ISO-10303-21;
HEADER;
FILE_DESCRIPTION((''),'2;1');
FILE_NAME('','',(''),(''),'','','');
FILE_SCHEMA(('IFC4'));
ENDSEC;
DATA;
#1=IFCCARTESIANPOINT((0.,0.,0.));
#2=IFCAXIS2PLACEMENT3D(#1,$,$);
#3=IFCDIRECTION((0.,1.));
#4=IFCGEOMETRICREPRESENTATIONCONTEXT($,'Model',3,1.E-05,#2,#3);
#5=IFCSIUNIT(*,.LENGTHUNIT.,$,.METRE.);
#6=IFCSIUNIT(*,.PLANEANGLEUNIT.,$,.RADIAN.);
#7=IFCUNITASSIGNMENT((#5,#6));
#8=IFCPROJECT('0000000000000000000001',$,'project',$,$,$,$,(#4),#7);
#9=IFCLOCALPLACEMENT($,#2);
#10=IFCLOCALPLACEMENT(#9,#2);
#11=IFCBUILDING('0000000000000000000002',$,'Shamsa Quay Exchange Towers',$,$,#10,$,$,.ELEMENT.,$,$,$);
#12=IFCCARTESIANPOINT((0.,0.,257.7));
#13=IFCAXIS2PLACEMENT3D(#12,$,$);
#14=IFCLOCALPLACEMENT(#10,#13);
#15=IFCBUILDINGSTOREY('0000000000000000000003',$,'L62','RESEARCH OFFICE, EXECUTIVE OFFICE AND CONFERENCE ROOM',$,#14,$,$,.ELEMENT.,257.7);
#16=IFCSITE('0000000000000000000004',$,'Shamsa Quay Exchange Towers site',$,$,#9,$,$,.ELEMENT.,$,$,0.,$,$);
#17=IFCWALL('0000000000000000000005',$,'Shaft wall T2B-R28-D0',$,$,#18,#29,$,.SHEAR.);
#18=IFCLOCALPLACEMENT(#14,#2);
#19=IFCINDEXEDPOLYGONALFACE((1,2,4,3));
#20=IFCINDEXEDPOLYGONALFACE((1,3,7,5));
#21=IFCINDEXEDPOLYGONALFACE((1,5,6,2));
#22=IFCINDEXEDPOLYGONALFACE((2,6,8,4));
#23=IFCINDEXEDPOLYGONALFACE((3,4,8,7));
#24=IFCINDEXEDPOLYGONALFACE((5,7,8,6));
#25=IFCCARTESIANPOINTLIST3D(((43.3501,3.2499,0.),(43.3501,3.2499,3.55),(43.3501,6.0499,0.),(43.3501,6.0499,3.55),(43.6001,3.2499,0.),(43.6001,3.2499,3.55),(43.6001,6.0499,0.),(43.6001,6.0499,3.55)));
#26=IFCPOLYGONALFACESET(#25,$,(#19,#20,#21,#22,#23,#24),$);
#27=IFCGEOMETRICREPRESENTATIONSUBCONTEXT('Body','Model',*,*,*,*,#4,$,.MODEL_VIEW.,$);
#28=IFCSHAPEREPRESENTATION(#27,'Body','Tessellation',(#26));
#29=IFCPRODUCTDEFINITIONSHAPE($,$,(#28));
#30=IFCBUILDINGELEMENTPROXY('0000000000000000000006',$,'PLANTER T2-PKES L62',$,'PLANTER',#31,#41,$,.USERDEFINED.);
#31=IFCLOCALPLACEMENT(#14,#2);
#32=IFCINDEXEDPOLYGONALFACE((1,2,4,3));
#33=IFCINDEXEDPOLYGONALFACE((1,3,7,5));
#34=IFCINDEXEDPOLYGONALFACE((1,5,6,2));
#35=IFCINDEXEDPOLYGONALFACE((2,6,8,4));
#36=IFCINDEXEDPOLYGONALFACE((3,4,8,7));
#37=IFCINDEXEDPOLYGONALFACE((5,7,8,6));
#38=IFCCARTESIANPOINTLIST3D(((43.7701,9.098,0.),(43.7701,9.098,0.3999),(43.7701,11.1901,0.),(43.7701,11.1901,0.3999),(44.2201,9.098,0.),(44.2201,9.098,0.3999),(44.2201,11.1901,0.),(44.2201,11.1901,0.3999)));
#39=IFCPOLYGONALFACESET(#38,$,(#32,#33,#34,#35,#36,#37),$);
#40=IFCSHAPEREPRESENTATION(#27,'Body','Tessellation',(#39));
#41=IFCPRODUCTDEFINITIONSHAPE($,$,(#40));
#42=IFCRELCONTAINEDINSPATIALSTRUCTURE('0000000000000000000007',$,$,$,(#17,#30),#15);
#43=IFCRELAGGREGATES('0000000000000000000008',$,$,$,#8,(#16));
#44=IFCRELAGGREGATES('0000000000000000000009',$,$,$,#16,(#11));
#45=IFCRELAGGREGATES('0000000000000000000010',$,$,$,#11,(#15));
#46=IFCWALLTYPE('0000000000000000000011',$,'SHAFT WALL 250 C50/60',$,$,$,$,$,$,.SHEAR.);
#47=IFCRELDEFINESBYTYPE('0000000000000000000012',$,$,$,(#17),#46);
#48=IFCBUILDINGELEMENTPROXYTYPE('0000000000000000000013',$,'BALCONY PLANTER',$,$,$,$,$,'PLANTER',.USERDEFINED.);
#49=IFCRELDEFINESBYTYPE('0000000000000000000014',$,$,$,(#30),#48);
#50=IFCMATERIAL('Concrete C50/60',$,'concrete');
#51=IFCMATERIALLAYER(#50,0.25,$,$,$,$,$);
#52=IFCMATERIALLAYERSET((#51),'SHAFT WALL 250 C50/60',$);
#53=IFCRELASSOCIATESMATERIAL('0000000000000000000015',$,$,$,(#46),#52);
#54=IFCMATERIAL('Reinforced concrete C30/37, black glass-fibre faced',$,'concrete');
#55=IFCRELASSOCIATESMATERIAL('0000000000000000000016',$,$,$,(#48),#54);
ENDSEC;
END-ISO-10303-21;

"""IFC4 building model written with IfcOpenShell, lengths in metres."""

from ifc_helpers import new_model, si_unit, direction, frame, frame_2d, origin, origin_2d, place, context, subcontext, project, spatial, rectangle, extrude, material, layer, layer_set, type_object, element, save


model = new_model("IFC4")

# Units and contexts
model_context = context("Model", 3, precision=1e-05, world=origin(), true_north=direction((0.0, 1.0)))
body_context = subcontext(model_context, "Body", "Model", "MODEL_VIEW")
ifc_project = project(units=[si_unit("LENGTHUNIT", "METRE"), si_unit("PLANEANGLEUNIT", "RADIAN")], contexts=[model_context])

# Site, building, storey
site_placement = place(None, origin())
site = spatial("IfcSite", under=ifc_project, at=site_placement, Name="Shamsa Quay Exchange Towers site", CompositionType="ELEMENT", RefElevation=0.0)
building_placement = place(site_placement, origin())
building = spatial("IfcBuilding", under=site, at=building_placement, Name="Shamsa Quay Exchange Towers", CompositionType="ELEMENT")
storey_placement = place(building_placement, frame((0.0, 0.0, 257.7)))
storey = spatial("IfcBuildingStorey", under=building, at=storey_placement, Name="L62", Description="RESEARCH OFFICE, EXECUTIVE OFFICE AND CONFERENCE ROOM", CompositionType="ELEMENT", Elevation=257.7)

# Shared definitions
ifc_material_1 = material(Name="Concrete C50/60", Category="concrete")
ifc_layer_1 = layer(ifc_material_1, 0.25)
ifc_layer_set_1 = layer_set([ifc_layer_1], Name="SHAFT WALL 250 C50/60")
wall_type_1 = type_object("IfcWallType", Name="SHAFT WALL 250 C50/60", PredefinedType="SHEAR", material=ifc_layer_set_1)

# Wall
wall_1_placement = place(storey_placement, frame((43.4751, 3.25, 0.0), z_axis=(0.0, 0.0, 1.0), x_axis=(0.0, 1.0, 0.0)))
element("IfcWall", 1, at=wall_1_placement, inside=storey, type_object=wall_type_1, Name="Shaft wall T2B-R28-D0", PredefinedType="SHEAR", context=body_context, shape_type="SweptSolid", body=[
    extrude(rectangle(XDim=2.8, YDim=0.25, at=frame_2d((1.3999, 0.0))), origin(), (0.0, 0.0, 1.0), 3.55),
])

# Building element proxy
ifc_material_2 = material(Name="Reinforced concrete C30/37, black glass-fibre faced", Category="concrete")
building_element_proxy_type = type_object("IfcBuildingElementProxyType", Name="BALCONY PLANTER", ElementType="PLANTER", PredefinedType="USERDEFINED", material=ifc_material_2)
proxy_placement = place(storey_placement, frame((43.9951, 10.144, 0.0), z_axis=(0.0, 0.0, 1.0), x_axis=(0.0, 1.0, 0.0)))
element("IfcBuildingElementProxy", 2, at=proxy_placement, inside=storey, type_object=building_element_proxy_type, Name="PLANTER T2-PKES L62", ObjectType="PLANTER", PredefinedType="USERDEFINED", context=body_context, shape_type="SweptSolid", body=[
    extrude(rectangle(XDim=2.092, YDim=0.45, at=origin_2d()), origin(), (0.0, 0.0, 1.0), 0.3999),
])

save(model, "model.ifc")
